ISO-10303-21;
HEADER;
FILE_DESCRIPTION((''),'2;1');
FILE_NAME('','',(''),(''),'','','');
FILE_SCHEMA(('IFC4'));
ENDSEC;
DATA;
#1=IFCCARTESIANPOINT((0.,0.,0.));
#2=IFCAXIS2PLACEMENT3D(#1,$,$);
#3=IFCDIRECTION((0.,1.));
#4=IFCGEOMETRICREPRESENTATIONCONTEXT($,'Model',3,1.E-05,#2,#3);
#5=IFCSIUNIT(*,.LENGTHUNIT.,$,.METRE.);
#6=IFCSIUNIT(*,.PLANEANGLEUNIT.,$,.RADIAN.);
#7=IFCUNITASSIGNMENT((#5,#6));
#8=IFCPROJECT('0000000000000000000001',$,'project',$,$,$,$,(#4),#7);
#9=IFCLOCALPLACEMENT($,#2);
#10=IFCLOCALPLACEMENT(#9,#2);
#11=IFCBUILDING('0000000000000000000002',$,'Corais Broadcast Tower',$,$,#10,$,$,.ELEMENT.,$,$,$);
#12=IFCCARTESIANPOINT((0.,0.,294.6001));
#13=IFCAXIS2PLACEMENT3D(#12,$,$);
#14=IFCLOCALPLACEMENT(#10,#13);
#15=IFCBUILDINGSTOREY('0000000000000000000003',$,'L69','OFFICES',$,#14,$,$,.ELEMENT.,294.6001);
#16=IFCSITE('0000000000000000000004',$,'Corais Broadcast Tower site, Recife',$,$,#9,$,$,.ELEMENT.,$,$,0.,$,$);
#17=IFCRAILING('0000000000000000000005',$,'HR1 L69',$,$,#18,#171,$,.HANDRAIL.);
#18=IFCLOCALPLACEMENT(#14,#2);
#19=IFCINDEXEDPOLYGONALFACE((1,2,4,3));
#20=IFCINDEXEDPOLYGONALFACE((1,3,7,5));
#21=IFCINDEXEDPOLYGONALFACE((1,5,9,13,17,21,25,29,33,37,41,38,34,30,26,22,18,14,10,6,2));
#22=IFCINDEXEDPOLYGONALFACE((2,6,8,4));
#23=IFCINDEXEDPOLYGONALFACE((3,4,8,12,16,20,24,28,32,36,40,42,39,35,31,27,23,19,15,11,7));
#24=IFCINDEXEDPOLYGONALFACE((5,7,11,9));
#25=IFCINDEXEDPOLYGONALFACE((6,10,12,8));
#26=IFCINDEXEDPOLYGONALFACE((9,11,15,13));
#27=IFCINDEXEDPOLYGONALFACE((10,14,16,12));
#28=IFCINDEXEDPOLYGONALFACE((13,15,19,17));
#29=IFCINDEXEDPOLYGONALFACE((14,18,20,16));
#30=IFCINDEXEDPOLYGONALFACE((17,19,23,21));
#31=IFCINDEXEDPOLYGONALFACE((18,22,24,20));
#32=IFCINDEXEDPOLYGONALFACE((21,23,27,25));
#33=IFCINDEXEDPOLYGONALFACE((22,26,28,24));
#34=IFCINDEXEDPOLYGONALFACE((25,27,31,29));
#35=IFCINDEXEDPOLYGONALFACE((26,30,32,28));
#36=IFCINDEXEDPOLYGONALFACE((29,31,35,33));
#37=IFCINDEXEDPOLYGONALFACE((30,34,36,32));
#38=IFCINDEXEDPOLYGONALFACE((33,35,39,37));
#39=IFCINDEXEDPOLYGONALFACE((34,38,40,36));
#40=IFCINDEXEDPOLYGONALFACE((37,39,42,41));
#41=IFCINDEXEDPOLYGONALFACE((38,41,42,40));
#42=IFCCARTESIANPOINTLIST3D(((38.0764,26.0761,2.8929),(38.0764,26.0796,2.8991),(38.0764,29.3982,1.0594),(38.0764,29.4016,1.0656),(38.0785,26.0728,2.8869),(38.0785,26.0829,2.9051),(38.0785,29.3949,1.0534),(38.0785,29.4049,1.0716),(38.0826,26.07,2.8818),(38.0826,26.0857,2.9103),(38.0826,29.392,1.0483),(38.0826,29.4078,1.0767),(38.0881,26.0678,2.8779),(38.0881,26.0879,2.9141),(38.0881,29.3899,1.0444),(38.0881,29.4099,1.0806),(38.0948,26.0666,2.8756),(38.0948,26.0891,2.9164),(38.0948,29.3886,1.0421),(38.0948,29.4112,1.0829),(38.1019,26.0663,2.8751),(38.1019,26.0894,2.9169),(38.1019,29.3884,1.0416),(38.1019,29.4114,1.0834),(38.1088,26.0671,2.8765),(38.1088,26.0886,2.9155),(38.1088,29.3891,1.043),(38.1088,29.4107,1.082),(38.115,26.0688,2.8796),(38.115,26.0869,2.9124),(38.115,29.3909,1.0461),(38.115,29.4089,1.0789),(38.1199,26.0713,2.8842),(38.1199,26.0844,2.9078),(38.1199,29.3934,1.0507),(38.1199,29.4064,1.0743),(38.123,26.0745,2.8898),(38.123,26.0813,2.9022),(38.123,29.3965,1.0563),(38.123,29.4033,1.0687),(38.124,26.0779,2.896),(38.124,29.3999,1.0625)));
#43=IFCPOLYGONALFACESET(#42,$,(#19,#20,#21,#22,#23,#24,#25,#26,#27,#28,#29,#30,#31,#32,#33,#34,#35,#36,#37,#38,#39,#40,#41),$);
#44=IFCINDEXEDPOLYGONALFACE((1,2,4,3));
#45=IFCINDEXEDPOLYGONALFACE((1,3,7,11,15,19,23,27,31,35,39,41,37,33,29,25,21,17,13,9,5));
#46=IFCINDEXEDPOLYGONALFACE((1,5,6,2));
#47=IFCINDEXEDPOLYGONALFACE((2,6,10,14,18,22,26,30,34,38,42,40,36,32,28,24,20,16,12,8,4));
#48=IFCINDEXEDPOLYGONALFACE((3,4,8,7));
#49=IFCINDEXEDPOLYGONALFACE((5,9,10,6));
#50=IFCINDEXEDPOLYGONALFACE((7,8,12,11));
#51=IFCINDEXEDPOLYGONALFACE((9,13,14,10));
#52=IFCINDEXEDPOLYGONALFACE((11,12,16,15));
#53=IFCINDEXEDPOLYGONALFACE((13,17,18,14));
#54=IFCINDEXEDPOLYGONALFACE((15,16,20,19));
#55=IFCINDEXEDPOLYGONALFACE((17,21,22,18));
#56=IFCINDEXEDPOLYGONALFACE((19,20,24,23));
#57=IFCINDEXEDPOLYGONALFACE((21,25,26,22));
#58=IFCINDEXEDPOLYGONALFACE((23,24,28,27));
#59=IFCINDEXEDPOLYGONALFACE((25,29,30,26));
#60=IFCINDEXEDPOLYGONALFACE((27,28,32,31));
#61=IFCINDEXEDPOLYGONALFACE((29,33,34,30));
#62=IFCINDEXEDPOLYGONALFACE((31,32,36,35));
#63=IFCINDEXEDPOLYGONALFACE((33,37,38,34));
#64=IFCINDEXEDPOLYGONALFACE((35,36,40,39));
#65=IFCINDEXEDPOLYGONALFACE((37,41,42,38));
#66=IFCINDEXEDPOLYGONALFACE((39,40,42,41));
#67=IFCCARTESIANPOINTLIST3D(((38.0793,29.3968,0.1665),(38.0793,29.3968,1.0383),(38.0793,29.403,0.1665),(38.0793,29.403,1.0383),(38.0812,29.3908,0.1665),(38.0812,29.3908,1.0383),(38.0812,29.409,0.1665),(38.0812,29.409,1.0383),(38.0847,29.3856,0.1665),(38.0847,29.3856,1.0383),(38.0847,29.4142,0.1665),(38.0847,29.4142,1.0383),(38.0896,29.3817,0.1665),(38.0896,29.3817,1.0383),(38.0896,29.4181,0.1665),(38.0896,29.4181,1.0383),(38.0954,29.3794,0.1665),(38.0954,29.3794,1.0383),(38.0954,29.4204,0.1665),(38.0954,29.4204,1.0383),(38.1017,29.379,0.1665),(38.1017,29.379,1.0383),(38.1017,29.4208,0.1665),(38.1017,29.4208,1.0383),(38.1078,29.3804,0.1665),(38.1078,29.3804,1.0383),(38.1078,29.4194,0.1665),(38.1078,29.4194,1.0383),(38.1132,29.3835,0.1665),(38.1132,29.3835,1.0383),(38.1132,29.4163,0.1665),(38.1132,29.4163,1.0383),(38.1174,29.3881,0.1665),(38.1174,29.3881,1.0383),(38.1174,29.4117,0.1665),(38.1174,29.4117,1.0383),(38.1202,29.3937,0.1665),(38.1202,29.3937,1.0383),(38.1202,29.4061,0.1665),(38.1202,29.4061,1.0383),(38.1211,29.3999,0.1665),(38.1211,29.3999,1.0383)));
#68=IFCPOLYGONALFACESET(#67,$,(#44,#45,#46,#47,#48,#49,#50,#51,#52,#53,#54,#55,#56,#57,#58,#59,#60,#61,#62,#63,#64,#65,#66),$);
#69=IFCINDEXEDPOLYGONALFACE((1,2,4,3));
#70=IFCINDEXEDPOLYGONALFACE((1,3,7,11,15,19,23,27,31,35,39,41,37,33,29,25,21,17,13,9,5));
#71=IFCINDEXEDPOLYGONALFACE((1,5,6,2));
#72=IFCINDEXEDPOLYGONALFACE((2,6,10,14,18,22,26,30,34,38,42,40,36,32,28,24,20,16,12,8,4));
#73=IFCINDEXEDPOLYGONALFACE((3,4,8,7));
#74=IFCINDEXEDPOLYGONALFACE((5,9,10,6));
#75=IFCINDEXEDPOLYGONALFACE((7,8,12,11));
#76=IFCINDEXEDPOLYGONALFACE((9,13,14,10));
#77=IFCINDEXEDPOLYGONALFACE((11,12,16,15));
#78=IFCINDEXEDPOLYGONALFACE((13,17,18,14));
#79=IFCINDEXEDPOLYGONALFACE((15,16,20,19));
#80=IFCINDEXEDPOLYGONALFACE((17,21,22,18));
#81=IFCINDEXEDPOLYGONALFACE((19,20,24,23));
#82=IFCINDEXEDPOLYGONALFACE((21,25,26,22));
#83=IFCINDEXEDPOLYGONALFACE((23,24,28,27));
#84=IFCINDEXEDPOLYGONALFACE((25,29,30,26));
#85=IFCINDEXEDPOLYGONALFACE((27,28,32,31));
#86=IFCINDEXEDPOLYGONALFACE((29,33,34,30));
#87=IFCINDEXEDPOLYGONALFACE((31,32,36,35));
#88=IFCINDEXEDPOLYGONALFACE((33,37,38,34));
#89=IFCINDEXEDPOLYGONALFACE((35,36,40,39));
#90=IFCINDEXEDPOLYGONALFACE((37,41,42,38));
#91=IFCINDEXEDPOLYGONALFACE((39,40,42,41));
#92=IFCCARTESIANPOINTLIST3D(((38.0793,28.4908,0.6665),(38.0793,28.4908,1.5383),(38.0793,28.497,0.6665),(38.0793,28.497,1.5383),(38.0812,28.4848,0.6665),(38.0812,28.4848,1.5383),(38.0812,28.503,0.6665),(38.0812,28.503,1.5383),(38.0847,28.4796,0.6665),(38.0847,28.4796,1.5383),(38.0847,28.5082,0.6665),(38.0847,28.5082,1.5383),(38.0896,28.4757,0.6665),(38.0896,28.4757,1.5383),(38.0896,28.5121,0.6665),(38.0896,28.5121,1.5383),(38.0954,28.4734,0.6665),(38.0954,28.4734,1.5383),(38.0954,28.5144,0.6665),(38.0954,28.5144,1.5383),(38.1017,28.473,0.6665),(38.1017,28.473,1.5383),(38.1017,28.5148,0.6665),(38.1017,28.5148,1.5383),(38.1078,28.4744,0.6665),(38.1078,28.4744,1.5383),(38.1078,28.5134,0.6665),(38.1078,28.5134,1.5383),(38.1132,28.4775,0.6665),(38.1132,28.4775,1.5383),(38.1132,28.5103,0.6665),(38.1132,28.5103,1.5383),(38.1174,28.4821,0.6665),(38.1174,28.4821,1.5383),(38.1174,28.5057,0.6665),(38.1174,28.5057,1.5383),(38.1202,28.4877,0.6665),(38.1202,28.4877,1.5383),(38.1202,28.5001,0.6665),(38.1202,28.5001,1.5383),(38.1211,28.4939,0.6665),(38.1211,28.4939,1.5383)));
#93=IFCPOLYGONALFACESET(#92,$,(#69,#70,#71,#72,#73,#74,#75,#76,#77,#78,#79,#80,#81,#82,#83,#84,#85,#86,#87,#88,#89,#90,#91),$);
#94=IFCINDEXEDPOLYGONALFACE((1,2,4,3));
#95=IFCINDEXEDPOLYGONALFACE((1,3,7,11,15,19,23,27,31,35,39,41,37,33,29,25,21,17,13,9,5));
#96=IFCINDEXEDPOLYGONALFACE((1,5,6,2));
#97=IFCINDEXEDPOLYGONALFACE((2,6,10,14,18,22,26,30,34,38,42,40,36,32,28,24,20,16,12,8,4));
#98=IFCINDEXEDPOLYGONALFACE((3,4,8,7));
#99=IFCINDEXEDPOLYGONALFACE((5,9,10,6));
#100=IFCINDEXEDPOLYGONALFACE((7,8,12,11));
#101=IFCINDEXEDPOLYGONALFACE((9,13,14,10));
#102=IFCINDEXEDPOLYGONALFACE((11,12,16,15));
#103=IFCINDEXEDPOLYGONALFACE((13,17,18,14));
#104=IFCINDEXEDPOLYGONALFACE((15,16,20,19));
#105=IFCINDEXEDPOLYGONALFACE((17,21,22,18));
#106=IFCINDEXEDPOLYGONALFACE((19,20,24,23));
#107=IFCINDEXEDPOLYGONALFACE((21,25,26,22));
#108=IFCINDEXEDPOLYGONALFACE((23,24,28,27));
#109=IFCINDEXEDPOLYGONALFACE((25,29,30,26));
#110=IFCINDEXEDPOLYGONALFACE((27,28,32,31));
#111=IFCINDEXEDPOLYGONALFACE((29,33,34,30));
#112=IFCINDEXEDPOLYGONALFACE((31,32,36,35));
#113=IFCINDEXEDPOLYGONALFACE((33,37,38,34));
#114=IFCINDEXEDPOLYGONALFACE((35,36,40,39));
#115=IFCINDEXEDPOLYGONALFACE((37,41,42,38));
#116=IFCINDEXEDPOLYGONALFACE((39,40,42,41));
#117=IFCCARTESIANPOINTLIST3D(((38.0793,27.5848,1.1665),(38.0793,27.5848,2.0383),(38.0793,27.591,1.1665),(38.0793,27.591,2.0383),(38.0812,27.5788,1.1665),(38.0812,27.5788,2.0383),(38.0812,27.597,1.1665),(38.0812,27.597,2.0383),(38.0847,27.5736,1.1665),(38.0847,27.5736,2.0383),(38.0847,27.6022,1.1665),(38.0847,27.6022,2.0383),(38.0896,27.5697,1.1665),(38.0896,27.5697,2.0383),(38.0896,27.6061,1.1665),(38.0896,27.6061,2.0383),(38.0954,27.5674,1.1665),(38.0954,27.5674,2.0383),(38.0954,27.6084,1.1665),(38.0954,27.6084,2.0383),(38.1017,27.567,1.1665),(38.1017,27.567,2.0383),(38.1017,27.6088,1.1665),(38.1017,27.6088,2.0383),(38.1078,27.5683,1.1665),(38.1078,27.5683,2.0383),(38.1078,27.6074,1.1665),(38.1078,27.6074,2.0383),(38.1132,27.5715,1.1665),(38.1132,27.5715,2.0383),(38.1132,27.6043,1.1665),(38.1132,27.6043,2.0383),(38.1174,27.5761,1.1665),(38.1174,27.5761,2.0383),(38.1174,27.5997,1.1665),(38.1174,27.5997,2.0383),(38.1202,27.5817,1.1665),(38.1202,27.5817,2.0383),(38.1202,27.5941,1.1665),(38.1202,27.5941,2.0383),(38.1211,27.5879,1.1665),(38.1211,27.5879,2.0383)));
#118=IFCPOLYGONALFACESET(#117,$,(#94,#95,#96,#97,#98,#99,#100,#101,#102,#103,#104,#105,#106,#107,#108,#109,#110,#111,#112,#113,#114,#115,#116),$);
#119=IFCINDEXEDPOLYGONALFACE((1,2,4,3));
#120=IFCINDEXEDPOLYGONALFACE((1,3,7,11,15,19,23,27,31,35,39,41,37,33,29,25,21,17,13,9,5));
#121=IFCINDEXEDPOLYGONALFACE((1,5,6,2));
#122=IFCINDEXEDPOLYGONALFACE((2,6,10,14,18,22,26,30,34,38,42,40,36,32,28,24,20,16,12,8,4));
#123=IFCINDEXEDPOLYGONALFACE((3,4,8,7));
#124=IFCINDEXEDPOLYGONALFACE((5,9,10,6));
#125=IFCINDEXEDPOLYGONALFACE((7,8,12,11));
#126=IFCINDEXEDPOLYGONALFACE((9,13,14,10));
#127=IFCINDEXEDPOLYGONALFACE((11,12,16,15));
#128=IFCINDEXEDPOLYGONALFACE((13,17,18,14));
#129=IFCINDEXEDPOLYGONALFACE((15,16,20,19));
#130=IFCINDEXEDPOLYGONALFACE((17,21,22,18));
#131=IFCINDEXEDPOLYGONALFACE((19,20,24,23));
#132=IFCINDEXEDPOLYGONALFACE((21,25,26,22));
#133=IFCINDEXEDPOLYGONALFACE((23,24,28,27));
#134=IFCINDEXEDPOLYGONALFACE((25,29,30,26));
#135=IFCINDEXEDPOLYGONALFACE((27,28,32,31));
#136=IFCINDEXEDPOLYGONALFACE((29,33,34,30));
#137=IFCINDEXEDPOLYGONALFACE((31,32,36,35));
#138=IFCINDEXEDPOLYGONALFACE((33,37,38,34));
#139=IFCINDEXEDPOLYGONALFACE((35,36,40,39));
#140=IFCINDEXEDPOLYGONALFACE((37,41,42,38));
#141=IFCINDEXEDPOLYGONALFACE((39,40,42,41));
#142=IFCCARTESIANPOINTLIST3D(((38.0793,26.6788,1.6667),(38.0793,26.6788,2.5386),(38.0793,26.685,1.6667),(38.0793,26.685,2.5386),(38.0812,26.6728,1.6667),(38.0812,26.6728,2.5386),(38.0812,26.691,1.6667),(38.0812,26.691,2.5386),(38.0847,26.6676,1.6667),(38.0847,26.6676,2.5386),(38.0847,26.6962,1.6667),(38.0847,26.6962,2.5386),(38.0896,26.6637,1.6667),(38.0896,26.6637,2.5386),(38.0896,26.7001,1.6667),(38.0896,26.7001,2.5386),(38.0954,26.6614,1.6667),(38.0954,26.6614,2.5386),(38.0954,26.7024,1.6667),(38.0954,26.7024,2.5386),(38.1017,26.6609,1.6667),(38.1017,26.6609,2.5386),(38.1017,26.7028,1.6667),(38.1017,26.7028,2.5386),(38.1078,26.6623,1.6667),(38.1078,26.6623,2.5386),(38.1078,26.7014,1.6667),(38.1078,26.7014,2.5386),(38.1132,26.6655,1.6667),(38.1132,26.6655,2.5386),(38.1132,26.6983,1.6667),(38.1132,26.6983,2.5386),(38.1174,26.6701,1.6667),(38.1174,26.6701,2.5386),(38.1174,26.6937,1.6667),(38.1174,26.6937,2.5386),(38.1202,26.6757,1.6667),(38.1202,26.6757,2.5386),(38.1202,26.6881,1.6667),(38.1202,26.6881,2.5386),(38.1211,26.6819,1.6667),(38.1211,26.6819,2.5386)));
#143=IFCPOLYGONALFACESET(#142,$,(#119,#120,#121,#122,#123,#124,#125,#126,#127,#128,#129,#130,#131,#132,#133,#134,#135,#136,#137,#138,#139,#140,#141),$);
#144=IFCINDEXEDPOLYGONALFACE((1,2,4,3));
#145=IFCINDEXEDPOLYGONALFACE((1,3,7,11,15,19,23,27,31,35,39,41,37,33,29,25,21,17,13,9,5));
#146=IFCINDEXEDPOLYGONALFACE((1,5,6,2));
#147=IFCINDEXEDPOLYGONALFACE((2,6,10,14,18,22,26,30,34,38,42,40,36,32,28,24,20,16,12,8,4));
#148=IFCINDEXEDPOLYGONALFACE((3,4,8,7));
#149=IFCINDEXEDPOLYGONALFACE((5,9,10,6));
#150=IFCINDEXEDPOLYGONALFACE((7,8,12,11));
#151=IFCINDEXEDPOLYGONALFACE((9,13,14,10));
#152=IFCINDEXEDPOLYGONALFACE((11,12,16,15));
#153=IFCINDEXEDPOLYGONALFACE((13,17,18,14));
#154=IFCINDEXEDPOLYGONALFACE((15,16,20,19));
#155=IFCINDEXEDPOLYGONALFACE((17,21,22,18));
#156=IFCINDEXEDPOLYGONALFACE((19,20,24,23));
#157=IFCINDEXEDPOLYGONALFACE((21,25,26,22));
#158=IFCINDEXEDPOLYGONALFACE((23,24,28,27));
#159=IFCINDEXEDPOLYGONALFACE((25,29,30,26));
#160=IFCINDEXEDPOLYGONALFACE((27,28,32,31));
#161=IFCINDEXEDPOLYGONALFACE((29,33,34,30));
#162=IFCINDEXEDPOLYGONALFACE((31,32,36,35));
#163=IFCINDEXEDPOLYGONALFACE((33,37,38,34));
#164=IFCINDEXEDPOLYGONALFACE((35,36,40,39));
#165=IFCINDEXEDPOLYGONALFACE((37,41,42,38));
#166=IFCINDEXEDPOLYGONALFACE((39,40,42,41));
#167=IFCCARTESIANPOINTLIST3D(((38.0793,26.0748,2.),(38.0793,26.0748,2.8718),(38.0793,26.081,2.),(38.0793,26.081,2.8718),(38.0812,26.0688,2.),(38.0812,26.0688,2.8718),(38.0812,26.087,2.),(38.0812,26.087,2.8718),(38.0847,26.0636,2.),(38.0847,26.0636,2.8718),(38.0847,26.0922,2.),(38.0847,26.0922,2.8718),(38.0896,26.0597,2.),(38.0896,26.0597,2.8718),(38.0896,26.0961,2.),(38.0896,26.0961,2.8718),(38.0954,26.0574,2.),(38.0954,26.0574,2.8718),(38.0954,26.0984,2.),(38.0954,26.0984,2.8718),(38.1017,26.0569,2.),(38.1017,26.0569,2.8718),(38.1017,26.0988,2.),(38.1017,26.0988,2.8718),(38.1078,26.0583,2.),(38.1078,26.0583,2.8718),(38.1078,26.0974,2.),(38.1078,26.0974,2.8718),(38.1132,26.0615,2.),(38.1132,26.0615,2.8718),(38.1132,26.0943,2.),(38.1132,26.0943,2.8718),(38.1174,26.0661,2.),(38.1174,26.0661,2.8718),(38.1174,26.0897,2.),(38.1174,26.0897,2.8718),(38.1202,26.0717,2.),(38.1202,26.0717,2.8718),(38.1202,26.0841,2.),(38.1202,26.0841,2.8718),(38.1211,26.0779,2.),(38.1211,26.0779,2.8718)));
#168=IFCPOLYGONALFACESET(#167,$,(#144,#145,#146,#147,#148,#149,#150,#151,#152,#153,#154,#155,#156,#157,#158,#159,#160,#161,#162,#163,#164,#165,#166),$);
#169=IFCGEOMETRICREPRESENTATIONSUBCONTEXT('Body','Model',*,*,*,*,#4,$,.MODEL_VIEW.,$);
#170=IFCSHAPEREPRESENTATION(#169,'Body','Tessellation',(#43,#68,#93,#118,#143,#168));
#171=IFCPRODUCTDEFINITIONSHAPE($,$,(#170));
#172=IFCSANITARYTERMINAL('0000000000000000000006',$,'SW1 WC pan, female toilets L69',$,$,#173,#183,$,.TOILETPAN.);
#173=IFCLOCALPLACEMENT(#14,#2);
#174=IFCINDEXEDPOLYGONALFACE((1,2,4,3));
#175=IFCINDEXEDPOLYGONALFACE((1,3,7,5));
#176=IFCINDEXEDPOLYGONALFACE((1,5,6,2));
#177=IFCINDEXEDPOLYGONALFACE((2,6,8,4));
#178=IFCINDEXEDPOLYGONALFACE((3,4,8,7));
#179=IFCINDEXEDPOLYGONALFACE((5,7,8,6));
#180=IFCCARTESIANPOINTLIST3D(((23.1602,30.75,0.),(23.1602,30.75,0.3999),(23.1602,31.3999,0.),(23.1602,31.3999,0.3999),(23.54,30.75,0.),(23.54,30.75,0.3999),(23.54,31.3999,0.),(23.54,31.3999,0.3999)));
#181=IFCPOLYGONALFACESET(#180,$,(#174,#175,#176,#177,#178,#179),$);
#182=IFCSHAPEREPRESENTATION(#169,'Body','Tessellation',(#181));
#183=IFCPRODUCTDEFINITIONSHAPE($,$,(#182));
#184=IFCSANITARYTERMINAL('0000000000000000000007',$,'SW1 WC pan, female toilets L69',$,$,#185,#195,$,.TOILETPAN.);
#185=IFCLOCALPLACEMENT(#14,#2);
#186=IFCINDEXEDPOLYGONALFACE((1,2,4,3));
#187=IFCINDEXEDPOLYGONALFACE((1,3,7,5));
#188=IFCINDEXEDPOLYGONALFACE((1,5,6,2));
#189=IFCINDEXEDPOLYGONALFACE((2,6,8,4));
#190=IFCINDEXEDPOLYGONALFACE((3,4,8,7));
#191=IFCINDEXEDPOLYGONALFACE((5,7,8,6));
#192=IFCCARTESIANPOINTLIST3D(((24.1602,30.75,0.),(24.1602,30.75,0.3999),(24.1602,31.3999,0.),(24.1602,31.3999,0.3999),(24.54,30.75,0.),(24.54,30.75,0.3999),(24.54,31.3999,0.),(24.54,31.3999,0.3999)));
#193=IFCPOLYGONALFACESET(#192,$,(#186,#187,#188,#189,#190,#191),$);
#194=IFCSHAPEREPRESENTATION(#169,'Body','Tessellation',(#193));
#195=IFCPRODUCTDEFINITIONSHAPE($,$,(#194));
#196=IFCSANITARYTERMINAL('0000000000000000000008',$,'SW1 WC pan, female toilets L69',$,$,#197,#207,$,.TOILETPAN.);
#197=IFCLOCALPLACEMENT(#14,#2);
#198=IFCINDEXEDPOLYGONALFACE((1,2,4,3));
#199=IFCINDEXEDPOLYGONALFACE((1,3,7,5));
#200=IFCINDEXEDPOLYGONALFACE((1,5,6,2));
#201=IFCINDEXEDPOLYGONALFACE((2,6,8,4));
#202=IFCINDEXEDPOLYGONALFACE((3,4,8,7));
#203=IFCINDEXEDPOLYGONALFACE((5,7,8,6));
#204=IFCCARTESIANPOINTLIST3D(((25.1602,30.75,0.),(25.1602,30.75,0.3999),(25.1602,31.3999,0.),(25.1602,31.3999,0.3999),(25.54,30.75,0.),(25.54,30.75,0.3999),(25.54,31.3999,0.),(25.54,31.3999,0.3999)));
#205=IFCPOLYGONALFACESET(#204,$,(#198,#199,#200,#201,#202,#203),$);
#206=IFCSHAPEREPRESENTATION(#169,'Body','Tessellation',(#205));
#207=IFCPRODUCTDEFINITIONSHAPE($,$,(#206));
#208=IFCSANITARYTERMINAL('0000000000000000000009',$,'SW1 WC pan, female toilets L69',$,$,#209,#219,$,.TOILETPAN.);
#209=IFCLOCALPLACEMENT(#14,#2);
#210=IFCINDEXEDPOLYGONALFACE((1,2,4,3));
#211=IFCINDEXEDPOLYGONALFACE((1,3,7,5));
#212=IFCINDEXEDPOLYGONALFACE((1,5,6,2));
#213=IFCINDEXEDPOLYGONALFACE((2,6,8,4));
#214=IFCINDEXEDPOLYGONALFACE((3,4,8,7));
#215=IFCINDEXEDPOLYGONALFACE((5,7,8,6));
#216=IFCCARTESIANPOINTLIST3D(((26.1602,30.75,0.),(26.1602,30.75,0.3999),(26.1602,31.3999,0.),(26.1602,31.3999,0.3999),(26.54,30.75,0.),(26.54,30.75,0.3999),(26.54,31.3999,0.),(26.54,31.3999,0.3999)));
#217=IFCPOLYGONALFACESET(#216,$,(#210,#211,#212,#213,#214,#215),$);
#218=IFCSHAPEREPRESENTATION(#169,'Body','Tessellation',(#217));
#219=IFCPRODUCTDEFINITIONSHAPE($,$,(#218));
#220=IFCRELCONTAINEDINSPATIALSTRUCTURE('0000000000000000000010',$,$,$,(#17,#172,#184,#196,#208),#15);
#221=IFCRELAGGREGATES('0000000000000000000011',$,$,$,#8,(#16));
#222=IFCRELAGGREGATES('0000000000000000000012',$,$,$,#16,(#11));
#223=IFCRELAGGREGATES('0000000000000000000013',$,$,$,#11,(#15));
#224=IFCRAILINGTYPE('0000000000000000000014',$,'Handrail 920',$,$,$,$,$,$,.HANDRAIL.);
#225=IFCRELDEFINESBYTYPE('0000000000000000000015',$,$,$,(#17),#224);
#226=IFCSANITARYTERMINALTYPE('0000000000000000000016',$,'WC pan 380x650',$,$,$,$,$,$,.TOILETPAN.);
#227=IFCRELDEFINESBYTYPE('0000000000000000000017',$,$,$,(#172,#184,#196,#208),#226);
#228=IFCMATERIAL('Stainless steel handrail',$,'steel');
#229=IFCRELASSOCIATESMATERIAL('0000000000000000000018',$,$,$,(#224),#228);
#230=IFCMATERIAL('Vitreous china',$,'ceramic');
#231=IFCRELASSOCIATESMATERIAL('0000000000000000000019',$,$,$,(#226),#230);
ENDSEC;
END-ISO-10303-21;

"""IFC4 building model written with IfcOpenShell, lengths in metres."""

from ifc_helpers import new_model, si_unit, direction, frame, origin, origin_2d, place, context, subcontext, project, spatial, rectangle, circle, extrude, material, type_object, element, save


model = new_model("IFC4")

# Units and contexts
model_context = context("Model", 3, precision=1e-05, world=origin(), true_north=direction((0.0, 1.0)))
body_context = subcontext(model_context, "Body", "Model", "MODEL_VIEW")
ifc_project = project(units=[si_unit("LENGTHUNIT", "METRE"), si_unit("PLANEANGLEUNIT", "RADIAN")], contexts=[model_context])

# Site, building, storey
site_placement = place(None, origin())
site = spatial("IfcSite", under=ifc_project, at=site_placement, Name="Corais Broadcast Tower site, Recife", CompositionType="ELEMENT", RefElevation=0.0)
building_placement = place(site_placement, origin())
building = spatial("IfcBuilding", under=site, at=building_placement, Name="Corais Broadcast Tower", CompositionType="ELEMENT")
storey_placement = place(building_placement, frame((0.0, 0.0, 294.6001)))
storey = spatial("IfcBuildingStorey", under=building, at=storey_placement, Name="L69", Description="OFFICES", CompositionType="ELEMENT", Elevation=294.6001)

# Railing
ifc_material_1 = material(Name="Stainless steel handrail", Category="steel")
railing_type = type_object("IfcRailingType", Name="Handrail 920", PredefinedType="HANDRAIL", material=ifc_material_1)
for number, where, name in (
    (1, (38.1001, 29.3999, 0.1665), "HR1 L69"),
):
    element("IfcRailing", number, at=place(storey_placement, frame(where)), inside=storey, type_object=railing_type, Name=name, PredefinedType="HANDRAIL", context=body_context, shape_type="SweptSolid", body=[
        extrude(circle(Radius=0.0239, at=origin_2d()), frame((0.0, 0.0, 0.896), z_axis=(0.0, -0.875504, 0.48321), x_axis=(1.0, 0.0, 0.0)), (0.0, 0.0, 1.0), 3.7944),
        extrude(circle(Radius=0.021, at=origin_2d()), origin(), (0.0, 0.0, 1.0), 0.8718),
        extrude(circle(Radius=0.021, at=origin_2d()), frame((0.0, -0.906, 0.5)), (0.0, 0.0, 1.0), 0.8718),
        extrude(circle(Radius=0.021, at=origin_2d()), frame((0.0, -1.812, 1.0)), (0.0, 0.0, 1.0), 0.8718),
        extrude(circle(Radius=0.021, at=origin_2d()), frame((0.0, -2.718, 1.5002)), (0.0, 0.0, 1.0), 0.8718),
        extrude(circle(Radius=0.021, at=origin_2d()), frame((0.0, -3.322, 1.8335)), (0.0, 0.0, 1.0), 0.8718),
    ])

# Sanitary terminals
ifc_material_2 = material(Name="Vitreous china", Category="ceramic")
sanitary_terminal_type = type_object("IfcSanitaryTerminalType", Name="WC pan 380x650", PredefinedType="TOILETPAN", material=ifc_material_2)
for number, where, z_axis, x_axis, name in (
    (2, (23.3501, 31.075, 0.0), (0.0, 0.0, 1.0), (1.0, 0.0, 0.0), "SW1 WC pan, female toilets L69"),
    (3, (24.3501, 31.075, 0.0), (0.0, 0.0, 1.0), (1.0, 0.0, 0.0), "SW1 WC pan, female toilets L69"),
    (4, (25.3501, 31.075, 0.0), (0.0, 0.0, 1.0), (1.0, 0.0, 0.0), "SW1 WC pan, female toilets L69"),
    (5, (26.3501, 31.075, 0.0), (0.0, 0.0, 1.0), (1.0, 0.0, 0.0), "SW1 WC pan, female toilets L69"),
):
    element("IfcSanitaryTerminal", number, at=place(storey_placement, frame(where, z_axis=z_axis, x_axis=x_axis)), inside=storey, type_object=sanitary_terminal_type, Name=name, PredefinedType="TOILETPAN", context=body_context, shape_type="SweptSolid", body=[
        extrude(rectangle(XDim=0.3799, YDim=0.6499, at=origin_2d()), origin(), (0.0, 0.0, 1.0), 0.3999),
    ])

save(model, "model.ifc")
